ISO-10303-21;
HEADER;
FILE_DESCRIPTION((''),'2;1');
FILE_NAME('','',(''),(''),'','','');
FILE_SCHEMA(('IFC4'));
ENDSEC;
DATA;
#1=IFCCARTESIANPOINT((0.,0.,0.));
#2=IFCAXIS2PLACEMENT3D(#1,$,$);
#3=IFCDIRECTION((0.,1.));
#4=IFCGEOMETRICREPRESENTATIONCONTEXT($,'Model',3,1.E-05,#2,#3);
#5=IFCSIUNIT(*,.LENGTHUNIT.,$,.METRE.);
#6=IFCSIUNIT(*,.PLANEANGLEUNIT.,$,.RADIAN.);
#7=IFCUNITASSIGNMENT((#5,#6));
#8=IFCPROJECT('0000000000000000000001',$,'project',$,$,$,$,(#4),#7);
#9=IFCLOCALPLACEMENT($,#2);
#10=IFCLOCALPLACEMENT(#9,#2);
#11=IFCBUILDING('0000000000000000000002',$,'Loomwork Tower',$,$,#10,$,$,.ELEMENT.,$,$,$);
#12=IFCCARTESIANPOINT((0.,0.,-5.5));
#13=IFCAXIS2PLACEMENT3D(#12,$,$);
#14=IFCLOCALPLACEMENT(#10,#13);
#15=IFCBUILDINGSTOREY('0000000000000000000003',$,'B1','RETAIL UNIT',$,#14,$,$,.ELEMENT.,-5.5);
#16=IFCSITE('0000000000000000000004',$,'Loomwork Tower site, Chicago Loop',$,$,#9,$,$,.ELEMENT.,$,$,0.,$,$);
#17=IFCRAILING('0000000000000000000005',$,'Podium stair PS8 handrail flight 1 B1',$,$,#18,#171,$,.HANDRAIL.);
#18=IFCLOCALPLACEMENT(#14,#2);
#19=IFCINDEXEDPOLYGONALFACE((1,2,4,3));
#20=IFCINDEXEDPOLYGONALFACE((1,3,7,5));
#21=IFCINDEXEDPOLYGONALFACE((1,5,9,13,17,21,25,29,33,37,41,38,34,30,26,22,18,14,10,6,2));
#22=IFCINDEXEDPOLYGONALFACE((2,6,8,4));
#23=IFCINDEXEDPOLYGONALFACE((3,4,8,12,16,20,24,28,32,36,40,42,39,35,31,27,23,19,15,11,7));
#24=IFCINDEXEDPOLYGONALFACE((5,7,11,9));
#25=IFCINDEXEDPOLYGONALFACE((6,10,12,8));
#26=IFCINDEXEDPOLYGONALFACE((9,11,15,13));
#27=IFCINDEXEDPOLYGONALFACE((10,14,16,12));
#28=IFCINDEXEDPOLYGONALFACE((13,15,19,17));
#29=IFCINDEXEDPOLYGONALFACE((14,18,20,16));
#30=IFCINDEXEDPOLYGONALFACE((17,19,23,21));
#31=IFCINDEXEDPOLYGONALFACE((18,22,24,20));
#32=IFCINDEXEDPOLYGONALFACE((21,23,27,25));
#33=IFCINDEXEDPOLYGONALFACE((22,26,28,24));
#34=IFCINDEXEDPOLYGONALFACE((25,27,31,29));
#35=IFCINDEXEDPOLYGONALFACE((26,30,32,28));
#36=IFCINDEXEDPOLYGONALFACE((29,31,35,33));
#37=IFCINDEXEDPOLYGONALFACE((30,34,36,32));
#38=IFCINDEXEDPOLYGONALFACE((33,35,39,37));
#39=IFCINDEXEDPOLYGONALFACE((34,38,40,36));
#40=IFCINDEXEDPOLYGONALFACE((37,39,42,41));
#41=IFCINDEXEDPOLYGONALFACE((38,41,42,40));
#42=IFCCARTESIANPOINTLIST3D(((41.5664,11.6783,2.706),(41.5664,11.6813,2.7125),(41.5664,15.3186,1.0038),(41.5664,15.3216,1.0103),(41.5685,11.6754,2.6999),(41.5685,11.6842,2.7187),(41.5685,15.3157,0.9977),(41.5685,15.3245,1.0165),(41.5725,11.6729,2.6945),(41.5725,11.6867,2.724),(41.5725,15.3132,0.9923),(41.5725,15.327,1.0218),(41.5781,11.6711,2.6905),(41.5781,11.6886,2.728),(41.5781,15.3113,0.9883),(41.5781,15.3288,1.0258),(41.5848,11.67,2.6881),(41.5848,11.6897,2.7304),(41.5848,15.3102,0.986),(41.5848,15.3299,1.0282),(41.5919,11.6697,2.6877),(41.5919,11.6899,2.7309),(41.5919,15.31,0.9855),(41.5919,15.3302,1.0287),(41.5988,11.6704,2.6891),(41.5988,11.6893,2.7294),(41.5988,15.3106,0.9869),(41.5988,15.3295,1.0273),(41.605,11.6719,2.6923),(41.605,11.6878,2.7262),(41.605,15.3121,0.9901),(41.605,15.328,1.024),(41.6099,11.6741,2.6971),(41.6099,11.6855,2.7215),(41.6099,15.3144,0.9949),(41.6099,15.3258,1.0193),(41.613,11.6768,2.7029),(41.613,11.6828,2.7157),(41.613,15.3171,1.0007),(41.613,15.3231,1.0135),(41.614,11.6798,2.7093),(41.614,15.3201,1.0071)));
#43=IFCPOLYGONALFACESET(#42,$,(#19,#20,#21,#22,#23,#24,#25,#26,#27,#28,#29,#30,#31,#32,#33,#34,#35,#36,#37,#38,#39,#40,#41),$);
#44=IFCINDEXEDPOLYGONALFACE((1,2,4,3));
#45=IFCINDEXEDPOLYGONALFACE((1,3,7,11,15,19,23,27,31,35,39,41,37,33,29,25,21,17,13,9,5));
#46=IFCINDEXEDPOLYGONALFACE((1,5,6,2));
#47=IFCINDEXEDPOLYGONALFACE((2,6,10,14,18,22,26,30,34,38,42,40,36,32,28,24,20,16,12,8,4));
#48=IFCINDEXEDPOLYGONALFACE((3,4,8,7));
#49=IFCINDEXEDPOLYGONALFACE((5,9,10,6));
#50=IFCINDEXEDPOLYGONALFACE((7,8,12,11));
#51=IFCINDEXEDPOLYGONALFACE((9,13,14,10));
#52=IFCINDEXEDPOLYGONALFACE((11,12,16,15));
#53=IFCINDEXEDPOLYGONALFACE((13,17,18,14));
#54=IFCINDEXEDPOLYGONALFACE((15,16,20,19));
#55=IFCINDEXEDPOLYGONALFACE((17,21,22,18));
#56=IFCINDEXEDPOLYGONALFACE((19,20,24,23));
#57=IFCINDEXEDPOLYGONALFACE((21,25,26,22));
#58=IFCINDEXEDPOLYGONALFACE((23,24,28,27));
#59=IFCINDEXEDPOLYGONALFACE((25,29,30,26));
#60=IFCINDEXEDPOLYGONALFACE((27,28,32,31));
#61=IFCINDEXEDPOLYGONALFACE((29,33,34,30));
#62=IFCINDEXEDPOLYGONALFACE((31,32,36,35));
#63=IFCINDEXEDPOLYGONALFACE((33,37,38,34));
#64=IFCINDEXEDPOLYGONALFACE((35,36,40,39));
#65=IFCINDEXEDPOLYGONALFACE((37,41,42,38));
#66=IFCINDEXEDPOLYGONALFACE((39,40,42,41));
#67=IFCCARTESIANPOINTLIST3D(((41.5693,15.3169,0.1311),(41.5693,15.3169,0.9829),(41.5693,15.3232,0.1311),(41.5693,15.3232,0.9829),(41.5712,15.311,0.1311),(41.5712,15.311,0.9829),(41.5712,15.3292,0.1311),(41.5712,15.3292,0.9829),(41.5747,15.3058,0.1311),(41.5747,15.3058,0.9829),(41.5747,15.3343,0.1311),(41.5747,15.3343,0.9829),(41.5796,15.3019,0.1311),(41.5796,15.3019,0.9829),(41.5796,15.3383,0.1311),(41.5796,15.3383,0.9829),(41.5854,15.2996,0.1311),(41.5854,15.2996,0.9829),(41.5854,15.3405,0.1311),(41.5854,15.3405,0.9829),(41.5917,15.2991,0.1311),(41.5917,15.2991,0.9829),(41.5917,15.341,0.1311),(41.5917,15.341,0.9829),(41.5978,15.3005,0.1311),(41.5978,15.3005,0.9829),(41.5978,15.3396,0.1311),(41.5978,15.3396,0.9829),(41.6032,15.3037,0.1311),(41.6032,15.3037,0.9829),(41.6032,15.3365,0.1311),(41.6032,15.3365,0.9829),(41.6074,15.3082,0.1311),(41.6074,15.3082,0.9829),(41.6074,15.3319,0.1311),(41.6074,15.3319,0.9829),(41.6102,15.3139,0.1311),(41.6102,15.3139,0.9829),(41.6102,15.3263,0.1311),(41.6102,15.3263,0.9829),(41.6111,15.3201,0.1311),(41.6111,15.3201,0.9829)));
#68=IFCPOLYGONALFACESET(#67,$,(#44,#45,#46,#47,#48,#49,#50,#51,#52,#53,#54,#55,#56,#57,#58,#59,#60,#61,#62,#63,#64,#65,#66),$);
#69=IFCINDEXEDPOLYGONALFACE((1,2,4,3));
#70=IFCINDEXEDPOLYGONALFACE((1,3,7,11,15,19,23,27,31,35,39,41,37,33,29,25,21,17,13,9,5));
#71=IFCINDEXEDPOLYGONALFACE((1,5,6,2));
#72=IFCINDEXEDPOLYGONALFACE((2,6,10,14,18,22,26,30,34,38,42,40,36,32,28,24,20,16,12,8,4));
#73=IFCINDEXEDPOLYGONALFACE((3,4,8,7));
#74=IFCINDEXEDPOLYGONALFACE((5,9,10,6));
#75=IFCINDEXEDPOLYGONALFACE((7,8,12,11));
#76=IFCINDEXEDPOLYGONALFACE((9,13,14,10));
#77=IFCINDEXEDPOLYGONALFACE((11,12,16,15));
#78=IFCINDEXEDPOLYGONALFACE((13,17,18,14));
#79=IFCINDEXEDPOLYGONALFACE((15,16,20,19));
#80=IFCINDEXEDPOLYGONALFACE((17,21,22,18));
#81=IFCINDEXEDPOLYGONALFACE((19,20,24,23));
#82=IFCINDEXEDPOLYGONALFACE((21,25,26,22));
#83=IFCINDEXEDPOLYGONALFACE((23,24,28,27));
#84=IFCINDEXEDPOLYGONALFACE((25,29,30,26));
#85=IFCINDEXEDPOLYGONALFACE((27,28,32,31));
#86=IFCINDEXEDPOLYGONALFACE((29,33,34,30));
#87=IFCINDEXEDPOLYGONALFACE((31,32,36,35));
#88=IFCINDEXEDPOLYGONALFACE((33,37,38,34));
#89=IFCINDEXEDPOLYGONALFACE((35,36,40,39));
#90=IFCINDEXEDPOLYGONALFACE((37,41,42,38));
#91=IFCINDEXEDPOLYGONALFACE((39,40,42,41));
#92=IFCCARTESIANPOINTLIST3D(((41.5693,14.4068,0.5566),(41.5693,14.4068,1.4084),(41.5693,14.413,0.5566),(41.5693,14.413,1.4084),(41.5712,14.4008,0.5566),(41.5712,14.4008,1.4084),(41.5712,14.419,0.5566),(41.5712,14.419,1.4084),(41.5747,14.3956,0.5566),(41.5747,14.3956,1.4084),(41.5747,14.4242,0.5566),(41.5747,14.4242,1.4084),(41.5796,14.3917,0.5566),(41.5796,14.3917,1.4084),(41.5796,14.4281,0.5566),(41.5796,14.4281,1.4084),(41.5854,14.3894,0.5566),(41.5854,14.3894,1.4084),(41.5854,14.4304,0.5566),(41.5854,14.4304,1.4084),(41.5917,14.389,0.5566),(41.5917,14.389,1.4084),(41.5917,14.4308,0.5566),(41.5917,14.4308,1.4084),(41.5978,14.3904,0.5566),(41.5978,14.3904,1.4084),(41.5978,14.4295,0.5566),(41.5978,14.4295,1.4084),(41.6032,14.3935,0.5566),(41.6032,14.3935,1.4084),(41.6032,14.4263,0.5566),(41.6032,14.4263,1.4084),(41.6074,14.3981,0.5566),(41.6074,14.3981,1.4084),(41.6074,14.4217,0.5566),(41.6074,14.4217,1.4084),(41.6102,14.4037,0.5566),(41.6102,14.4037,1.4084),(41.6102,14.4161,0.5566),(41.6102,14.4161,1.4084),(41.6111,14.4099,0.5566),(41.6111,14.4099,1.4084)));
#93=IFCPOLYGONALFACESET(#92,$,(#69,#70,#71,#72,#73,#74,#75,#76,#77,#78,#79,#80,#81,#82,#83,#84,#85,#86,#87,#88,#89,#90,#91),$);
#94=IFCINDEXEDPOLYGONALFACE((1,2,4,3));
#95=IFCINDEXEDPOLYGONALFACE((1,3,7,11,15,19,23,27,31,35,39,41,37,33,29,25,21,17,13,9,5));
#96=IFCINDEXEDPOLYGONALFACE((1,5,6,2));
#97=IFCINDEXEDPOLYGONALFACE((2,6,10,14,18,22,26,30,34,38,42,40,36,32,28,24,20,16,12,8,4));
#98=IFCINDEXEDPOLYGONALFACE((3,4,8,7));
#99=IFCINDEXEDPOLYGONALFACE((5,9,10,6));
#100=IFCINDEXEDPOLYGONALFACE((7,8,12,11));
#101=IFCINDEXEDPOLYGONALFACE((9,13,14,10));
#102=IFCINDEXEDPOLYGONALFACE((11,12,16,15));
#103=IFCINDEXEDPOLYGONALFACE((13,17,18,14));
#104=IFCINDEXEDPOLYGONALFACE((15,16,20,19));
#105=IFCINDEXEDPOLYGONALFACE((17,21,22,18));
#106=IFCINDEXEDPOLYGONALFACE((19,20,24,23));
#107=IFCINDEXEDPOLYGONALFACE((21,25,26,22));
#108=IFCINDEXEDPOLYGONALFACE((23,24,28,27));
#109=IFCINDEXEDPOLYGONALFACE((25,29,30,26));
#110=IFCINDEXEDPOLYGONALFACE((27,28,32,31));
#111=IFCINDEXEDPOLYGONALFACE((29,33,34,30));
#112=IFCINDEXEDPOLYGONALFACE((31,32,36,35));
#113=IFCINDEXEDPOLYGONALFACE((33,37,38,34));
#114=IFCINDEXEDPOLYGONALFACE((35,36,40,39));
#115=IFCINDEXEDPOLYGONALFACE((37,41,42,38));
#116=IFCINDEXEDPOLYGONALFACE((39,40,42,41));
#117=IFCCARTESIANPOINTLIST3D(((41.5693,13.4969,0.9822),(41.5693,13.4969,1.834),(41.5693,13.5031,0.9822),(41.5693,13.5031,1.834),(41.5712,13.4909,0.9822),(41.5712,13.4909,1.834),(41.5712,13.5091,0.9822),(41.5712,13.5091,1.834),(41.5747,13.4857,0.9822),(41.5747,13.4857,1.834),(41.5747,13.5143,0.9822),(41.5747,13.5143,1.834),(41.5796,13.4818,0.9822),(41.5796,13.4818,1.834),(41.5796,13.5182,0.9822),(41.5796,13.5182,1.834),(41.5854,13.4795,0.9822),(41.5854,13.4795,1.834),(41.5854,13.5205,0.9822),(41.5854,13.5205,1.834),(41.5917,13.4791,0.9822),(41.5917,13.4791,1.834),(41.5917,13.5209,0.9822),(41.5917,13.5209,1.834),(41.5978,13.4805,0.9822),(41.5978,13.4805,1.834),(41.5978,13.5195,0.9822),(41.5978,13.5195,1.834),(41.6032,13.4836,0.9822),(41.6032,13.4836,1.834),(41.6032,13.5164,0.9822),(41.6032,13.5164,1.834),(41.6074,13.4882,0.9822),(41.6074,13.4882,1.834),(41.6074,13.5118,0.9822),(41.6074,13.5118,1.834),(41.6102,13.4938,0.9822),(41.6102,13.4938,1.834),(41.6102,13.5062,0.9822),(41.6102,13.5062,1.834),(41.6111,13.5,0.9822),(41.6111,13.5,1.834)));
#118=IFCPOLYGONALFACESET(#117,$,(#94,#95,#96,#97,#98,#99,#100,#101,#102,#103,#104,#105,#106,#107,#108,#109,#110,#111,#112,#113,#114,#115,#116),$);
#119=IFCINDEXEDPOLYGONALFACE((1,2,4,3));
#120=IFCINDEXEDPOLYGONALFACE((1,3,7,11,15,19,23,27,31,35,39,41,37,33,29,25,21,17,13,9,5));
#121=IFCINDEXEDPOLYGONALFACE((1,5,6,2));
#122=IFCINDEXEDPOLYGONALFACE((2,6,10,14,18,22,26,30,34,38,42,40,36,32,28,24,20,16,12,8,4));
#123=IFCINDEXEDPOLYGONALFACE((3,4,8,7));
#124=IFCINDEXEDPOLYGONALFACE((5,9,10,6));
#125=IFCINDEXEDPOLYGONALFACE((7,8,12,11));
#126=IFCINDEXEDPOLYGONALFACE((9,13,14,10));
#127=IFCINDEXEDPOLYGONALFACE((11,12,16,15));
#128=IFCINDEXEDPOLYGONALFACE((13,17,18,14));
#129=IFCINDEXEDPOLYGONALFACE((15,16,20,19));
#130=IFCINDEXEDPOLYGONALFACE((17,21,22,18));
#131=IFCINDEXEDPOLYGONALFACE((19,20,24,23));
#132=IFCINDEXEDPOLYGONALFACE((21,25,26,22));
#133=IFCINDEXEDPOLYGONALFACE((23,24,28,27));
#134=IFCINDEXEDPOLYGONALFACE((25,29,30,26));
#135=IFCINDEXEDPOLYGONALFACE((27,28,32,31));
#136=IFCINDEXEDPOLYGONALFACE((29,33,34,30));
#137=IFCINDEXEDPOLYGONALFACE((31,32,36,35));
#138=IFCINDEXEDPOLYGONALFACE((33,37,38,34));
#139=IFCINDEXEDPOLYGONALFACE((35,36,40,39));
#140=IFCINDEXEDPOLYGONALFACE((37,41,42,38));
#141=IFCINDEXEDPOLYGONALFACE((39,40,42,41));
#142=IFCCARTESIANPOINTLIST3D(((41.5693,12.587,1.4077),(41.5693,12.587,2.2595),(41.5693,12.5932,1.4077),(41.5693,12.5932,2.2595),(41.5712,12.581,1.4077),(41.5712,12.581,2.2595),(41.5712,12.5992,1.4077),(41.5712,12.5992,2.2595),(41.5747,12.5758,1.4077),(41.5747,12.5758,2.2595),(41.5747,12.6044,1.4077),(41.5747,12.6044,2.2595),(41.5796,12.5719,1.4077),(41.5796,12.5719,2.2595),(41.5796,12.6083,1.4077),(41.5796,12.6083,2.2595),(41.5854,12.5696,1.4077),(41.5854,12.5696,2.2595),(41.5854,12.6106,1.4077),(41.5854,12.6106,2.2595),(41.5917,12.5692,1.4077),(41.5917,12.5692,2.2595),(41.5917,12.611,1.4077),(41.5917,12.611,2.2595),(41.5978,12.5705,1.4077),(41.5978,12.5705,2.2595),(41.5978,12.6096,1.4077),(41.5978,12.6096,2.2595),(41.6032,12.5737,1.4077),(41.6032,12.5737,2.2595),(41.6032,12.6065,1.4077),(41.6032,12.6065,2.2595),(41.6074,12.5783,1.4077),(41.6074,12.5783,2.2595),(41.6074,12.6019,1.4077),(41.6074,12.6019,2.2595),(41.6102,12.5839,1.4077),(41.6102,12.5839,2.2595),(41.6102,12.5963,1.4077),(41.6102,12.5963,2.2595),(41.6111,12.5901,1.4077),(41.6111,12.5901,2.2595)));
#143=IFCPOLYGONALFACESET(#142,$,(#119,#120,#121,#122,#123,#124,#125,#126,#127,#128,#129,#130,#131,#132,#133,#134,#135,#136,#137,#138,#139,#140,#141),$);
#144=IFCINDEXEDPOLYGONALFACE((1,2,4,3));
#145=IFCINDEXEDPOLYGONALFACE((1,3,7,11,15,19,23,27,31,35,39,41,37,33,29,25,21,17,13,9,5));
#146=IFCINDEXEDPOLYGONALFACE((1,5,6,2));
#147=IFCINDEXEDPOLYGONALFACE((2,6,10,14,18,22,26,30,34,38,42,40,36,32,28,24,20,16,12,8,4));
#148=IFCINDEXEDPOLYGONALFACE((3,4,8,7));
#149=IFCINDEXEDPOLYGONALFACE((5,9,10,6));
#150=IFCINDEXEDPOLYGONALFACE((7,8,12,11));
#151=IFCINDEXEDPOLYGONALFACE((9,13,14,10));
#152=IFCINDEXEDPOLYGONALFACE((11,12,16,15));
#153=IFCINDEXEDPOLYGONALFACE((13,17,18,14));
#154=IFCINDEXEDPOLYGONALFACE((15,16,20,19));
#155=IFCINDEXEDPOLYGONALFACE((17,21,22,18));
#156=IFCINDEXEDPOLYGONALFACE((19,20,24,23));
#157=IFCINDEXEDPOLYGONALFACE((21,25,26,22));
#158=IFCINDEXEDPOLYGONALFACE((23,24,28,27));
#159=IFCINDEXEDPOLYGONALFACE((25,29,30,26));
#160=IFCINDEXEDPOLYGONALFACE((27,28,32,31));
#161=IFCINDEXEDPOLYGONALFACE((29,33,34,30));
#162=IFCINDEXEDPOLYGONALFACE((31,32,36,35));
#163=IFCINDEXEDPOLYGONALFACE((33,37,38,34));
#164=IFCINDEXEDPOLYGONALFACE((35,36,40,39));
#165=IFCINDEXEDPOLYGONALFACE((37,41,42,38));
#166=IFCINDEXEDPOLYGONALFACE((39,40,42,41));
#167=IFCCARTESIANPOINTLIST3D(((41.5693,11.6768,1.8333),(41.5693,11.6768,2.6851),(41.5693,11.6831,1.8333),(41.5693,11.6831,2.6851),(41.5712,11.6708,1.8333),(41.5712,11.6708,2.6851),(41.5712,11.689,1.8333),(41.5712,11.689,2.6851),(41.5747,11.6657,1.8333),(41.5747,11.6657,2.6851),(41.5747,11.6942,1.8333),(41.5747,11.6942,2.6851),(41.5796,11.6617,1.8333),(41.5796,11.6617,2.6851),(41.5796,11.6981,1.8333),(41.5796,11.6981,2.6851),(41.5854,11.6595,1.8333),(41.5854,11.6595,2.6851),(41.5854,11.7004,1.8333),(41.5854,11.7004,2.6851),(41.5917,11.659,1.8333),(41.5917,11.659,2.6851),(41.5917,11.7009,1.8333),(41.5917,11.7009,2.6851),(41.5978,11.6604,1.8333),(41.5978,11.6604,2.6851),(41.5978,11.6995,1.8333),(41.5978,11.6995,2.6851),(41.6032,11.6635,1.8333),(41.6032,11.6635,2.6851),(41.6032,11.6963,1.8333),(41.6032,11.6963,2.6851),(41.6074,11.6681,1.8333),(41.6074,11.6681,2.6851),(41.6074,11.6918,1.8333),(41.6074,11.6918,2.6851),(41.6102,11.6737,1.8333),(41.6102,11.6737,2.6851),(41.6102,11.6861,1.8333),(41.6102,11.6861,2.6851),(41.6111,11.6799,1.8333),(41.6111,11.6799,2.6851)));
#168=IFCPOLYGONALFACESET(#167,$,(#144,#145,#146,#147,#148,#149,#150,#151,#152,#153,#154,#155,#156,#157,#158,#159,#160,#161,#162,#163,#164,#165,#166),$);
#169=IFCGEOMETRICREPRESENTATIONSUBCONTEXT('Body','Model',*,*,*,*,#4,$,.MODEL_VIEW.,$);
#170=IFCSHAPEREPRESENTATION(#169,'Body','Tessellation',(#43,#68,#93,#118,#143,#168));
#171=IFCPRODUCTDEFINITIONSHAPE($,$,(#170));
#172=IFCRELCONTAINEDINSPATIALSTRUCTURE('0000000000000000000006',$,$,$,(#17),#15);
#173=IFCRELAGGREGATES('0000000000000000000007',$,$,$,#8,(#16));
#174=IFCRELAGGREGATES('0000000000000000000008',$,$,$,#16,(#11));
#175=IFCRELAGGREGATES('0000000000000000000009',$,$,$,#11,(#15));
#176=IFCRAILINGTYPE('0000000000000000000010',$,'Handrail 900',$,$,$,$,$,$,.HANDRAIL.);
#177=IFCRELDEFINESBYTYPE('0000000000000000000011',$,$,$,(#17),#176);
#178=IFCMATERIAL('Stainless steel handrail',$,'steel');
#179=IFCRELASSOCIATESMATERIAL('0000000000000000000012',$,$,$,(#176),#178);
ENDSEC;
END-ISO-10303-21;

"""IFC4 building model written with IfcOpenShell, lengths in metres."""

from ifc_helpers import new_model, si_unit, direction, frame, origin, origin_2d, place, context, subcontext, project, spatial, circle, extrude, material, type_object, element, save


model = new_model("IFC4")

# Units and contexts
model_context = context("Model", 3, precision=1e-05, world=origin(), true_north=direction((0.0, 1.0)))
body_context = subcontext(model_context, "Body", "Model", "MODEL_VIEW")
ifc_project = project(units=[si_unit("LENGTHUNIT", "METRE"), si_unit("PLANEANGLEUNIT", "RADIAN")], contexts=[model_context])

# Site, building, storey
site_placement = place(None, origin())
site = spatial("IfcSite", under=ifc_project, at=site_placement, Name="Loomwork Tower site, Chicago Loop", CompositionType="ELEMENT", RefElevation=0.0)
building_placement = place(site_placement, origin())
building = spatial("IfcBuilding", under=site, at=building_placement, Name="Loomwork Tower", CompositionType="ELEMENT")
storey_placement = place(building_placement, frame((0.0, 0.0, -5.5)))
storey = spatial("IfcBuildingStorey", under=building, at=storey_placement, Name="B1", Description="RETAIL UNIT", CompositionType="ELEMENT", Elevation=-5.5)

# Railing
ifc_material_1 = material(Name="Stainless steel handrail", Category="steel")
railing_type = type_object("IfcRailingType", Name="Handrail 900", PredefinedType="HANDRAIL", material=ifc_material_1)
railing_1_placement = place(storey_placement, frame((41.5901, 15.3201, 0.1311)))
element("IfcRailing", 1, at=railing_1_placement, inside=storey, type_object=railing_type, Name="Podium stair PS8 handrail flight 1 B1", PredefinedType="HANDRAIL", context=body_context, shape_type="SweptSolid", body=[
    extrude(circle(Radius=0.0239, at=origin_2d()), frame((0.0, 0.0, 0.876), z_axis=(0.0, -0.905857, 0.423584), x_axis=(1.0, 0.0, 0.0)), (0.0, 0.0, 1.0), 4.0186),
    extrude(circle(Radius=0.021, at=origin_2d()), origin(), (0.0, 0.0, 1.0), 0.8518),
    extrude(circle(Radius=0.021, at=origin_2d()), frame((0.0, -0.9102, 0.4255)), (0.0, 0.0, 1.0), 0.8518),
    extrude(circle(Radius=0.021, at=origin_2d()), frame((0.0, -1.8201, 0.8511)), (0.0, 0.0, 1.0), 0.8518),
    extrude(circle(Radius=0.021, at=origin_2d()), frame((0.0, -2.73, 1.2766)), (0.0, 0.0, 1.0), 0.8518),
    extrude(circle(Radius=0.021, at=origin_2d()), frame((0.0, -3.6401, 1.7021)), (0.0, 0.0, 1.0), 0.8518),
])

save(model, "model.ifc")
